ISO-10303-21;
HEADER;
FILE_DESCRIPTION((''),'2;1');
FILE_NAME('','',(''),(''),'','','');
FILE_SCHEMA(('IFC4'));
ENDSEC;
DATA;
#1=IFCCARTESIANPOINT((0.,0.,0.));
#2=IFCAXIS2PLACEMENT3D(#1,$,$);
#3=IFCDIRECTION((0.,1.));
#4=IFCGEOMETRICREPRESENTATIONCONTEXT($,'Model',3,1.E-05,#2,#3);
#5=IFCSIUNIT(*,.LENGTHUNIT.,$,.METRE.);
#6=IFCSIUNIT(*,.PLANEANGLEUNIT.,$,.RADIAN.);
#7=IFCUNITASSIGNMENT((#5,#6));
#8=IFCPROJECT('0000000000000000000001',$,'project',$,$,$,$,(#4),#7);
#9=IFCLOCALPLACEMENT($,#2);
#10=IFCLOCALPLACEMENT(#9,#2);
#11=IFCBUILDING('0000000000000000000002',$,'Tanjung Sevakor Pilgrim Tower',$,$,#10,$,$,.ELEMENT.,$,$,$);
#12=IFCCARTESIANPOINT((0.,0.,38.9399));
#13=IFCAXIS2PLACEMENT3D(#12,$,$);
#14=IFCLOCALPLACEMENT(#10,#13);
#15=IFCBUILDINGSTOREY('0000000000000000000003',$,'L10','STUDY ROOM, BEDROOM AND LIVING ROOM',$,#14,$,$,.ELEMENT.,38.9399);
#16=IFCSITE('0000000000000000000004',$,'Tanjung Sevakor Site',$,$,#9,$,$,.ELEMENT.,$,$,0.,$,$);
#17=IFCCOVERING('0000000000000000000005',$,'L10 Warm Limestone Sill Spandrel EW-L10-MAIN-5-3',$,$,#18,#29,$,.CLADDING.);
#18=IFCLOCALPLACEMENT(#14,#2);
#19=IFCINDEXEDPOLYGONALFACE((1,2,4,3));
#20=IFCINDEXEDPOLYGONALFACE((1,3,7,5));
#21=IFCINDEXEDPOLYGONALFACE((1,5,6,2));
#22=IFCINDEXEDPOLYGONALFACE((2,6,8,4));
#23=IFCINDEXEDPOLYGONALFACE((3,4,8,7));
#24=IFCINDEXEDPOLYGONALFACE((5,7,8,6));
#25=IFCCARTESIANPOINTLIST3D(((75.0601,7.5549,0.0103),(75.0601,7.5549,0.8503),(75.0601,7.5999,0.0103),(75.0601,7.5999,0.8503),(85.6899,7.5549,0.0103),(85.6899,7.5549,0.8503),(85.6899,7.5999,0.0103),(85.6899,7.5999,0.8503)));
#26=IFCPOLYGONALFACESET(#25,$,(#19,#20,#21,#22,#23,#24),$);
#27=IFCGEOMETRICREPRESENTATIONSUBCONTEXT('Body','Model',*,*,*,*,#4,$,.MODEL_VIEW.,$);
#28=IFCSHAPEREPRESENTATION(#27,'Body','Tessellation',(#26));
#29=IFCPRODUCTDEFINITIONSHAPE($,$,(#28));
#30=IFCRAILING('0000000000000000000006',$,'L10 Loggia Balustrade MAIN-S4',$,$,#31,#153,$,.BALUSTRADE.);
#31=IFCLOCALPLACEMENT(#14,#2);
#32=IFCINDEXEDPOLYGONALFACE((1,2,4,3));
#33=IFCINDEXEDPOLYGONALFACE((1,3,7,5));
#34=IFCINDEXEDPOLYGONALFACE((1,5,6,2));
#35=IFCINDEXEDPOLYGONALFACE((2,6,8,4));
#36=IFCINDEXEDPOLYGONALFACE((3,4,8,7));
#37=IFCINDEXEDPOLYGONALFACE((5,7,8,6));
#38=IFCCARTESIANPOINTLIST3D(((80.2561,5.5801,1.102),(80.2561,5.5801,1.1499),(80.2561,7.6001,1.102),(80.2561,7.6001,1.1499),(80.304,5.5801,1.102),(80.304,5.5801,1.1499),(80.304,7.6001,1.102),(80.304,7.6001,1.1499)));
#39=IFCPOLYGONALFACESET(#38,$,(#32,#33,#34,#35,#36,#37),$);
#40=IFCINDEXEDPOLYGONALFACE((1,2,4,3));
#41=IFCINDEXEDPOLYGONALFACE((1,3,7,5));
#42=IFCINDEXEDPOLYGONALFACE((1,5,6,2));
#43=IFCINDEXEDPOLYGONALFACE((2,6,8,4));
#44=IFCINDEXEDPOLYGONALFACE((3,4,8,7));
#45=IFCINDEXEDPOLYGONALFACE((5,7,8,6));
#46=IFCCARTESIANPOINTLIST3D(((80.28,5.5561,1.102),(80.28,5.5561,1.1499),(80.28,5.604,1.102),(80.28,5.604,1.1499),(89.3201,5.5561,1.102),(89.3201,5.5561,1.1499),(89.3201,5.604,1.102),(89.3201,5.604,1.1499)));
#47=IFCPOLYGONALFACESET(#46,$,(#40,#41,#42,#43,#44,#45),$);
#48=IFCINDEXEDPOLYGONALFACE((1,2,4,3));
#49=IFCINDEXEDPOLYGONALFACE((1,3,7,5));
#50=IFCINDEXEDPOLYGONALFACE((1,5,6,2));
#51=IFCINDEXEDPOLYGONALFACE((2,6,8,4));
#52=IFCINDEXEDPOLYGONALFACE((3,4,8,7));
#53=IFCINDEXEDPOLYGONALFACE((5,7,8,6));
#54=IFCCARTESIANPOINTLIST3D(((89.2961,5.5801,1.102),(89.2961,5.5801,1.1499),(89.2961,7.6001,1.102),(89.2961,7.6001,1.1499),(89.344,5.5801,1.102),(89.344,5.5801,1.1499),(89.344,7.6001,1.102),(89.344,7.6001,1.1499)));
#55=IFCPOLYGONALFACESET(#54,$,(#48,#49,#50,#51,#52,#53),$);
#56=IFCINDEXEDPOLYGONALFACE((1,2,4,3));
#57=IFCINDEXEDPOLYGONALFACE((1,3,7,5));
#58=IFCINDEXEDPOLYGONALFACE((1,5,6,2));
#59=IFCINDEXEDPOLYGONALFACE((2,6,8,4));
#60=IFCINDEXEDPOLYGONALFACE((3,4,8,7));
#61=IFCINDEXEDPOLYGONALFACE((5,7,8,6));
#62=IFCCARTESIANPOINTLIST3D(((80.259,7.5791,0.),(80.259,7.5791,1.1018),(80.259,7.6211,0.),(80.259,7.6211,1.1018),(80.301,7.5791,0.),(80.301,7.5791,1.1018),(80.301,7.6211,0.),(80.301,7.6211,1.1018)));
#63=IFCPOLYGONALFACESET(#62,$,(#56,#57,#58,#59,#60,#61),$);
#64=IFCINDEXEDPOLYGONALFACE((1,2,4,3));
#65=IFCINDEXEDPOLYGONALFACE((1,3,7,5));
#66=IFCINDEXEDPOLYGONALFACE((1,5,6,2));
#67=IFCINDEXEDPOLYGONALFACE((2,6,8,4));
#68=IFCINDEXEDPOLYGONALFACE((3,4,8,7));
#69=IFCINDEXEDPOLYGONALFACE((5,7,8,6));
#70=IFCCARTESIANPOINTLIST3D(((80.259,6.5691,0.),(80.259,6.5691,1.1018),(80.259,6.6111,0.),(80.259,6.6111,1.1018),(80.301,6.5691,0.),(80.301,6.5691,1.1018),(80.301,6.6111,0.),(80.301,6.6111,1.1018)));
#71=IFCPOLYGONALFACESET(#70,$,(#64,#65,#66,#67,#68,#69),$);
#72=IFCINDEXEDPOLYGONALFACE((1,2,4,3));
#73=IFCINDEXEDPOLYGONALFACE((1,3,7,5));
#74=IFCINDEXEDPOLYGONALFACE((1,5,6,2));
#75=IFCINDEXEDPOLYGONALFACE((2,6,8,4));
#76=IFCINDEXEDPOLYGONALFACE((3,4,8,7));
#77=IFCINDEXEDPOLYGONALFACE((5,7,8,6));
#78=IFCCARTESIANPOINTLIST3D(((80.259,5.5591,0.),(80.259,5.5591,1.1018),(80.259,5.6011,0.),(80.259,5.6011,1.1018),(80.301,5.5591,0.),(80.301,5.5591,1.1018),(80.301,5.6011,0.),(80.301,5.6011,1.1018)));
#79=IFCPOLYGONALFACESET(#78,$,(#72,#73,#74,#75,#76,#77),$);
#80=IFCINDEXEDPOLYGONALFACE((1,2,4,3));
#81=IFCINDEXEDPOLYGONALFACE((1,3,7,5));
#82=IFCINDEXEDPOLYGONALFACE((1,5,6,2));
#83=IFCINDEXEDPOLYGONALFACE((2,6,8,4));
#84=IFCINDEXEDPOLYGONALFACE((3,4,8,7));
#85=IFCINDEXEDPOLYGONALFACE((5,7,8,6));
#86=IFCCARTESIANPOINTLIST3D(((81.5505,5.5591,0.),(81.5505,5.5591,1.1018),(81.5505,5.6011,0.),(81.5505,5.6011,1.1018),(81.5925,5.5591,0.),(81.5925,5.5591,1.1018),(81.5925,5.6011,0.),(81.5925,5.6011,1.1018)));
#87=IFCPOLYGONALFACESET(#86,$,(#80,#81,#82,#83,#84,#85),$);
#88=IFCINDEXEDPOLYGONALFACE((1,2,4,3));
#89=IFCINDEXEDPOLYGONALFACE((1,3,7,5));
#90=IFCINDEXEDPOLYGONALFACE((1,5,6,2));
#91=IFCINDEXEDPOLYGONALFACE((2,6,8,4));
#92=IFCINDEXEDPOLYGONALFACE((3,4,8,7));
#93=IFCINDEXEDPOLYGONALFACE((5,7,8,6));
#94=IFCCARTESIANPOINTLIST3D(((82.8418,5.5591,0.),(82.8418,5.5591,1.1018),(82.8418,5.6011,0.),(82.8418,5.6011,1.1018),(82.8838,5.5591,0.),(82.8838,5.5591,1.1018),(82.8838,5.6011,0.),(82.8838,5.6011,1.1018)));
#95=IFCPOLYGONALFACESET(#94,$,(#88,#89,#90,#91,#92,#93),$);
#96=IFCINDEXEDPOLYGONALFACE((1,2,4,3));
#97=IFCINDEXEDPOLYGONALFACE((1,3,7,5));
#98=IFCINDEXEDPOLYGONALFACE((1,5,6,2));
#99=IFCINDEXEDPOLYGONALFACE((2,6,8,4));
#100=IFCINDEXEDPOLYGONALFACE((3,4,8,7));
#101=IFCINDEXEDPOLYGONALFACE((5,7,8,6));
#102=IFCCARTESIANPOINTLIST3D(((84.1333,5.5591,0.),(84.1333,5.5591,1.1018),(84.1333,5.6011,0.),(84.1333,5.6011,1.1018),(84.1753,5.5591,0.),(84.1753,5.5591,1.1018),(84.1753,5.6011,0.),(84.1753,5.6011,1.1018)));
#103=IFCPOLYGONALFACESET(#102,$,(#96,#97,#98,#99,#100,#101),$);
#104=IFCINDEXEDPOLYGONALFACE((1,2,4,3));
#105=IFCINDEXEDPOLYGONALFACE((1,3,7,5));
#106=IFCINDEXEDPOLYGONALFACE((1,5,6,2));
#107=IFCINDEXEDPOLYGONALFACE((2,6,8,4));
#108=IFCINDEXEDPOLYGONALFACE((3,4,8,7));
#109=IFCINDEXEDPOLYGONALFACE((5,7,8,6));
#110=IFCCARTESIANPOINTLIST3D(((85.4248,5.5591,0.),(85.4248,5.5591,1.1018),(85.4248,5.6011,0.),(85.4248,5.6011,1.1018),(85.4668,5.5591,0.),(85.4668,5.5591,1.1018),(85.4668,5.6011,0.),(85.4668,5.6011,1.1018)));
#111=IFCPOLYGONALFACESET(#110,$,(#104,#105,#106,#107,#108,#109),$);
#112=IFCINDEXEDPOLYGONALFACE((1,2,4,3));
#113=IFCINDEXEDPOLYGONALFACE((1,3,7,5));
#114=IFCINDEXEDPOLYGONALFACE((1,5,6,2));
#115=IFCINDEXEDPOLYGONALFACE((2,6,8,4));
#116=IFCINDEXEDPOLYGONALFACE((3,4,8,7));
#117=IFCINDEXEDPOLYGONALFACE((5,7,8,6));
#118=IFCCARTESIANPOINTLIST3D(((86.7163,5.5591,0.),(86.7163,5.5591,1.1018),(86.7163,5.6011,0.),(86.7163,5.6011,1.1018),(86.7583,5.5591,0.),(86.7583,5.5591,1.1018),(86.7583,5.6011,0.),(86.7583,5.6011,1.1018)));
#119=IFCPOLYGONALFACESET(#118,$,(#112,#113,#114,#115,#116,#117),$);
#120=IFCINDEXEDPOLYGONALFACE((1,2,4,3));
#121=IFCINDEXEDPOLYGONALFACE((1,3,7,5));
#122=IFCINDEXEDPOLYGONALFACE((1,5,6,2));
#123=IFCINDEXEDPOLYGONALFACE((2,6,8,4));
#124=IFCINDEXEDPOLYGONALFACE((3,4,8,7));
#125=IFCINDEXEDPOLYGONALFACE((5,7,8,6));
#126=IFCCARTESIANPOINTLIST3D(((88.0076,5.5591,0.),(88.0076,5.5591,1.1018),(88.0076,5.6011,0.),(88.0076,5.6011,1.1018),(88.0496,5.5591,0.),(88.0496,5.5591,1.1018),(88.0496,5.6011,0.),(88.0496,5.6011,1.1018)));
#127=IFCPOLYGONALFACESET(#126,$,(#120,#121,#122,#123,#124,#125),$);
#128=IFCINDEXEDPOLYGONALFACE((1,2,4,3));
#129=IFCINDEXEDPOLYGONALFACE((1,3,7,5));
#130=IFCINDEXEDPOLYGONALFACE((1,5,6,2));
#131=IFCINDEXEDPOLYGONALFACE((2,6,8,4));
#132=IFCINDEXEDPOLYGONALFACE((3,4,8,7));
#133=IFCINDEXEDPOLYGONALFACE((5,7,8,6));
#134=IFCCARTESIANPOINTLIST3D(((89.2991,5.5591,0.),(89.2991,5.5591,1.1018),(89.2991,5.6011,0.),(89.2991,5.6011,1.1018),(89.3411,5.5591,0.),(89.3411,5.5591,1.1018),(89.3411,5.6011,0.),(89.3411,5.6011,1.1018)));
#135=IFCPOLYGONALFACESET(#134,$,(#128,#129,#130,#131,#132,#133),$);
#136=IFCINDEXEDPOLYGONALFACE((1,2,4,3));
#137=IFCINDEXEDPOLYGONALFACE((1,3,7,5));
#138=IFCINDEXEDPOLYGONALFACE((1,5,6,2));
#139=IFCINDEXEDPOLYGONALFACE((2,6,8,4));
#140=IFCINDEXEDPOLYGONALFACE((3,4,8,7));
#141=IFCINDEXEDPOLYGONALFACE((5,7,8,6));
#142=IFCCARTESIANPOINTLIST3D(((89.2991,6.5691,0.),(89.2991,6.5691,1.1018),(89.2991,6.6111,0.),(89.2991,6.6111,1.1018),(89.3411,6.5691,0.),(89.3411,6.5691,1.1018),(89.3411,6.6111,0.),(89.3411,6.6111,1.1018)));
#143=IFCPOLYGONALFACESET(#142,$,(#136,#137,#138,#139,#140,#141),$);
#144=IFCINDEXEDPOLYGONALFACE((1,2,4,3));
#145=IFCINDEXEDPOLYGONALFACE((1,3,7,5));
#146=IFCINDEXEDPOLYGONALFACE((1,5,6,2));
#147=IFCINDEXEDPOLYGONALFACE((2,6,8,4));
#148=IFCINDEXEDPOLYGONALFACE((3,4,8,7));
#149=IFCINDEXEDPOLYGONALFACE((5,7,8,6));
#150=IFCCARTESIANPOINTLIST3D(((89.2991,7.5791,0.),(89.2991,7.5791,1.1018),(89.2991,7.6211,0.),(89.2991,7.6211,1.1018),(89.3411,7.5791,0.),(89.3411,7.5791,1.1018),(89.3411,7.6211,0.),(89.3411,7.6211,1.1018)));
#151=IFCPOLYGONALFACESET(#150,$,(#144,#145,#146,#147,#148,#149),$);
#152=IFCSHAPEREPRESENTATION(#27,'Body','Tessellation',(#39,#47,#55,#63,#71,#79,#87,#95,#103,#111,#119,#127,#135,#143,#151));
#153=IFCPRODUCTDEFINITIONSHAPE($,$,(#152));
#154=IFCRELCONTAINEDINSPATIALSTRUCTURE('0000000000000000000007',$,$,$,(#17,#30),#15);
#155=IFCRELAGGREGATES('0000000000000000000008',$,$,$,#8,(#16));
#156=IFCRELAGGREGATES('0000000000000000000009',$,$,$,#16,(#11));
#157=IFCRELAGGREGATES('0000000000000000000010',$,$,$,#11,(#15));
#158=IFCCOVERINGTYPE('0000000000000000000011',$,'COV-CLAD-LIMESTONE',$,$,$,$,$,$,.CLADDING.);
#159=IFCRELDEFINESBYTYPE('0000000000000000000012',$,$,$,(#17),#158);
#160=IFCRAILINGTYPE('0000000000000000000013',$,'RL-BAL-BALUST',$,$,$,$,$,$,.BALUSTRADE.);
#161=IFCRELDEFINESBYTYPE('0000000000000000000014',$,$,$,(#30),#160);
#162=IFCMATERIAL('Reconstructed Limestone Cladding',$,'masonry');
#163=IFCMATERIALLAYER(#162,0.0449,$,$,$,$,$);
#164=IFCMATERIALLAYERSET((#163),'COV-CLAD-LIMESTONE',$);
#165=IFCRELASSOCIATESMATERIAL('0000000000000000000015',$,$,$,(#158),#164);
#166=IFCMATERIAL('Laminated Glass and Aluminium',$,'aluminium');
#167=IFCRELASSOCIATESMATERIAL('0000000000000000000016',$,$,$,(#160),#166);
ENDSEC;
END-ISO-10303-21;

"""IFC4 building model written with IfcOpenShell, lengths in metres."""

from ifc_helpers import new_model, si_unit, direction, frame, origin, origin_2d, place, context, subcontext, project, spatial, rectangle, extrude, material, layer, layer_set, type_object, element, save


model = new_model("IFC4")

# Units and contexts
model_context = context("Model", 3, precision=1e-05, world=origin(), true_north=direction((0.0, 1.0)))
body_context = subcontext(model_context, "Body", "Model", "MODEL_VIEW")
ifc_project = project(units=[si_unit("LENGTHUNIT", "METRE"), si_unit("PLANEANGLEUNIT", "RADIAN")], contexts=[model_context])

# Site, building, storey
site_placement = place(None, origin())
site = spatial("IfcSite", under=ifc_project, at=site_placement, Name="Tanjung Sevakor Site", CompositionType="ELEMENT", RefElevation=0.0)
building_placement = place(site_placement, origin())
building = spatial("IfcBuilding", under=site, at=building_placement, Name="Tanjung Sevakor Pilgrim Tower", CompositionType="ELEMENT")
storey_placement = place(building_placement, frame((0.0, 0.0, 38.9399)))
storey = spatial("IfcBuildingStorey", under=building, at=storey_placement, Name="L10", Description="STUDY ROOM, BEDROOM AND LIVING ROOM", CompositionType="ELEMENT", Elevation=38.9399)

# Covering
ifc_material_1 = material(Name="Reconstructed Limestone Cladding", Category="masonry")
ifc_layer_1 = layer(ifc_material_1, 0.0449)
ifc_layer_set_1 = layer_set([ifc_layer_1], Name="COV-CLAD-LIMESTONE")
covering_type = type_object("IfcCoveringType", Name="COV-CLAD-LIMESTONE", PredefinedType="CLADDING", material=ifc_layer_set_1)
covering_placement = place(storey_placement, frame((80.375, 7.5774, 0.0103), z_axis=(0.0, 0.0, 1.0), x_axis=(1.0, 0.0, 0.0)))
element("IfcCovering", 1, at=covering_placement, inside=storey, type_object=covering_type, Name="L10 Warm Limestone Sill Spandrel EW-L10-MAIN-5-3", PredefinedType="CLADDING", context=body_context, shape_type="SweptSolid", body=[
    extrude(rectangle(XDim=10.6299, YDim=0.0449, at=origin_2d()), origin(), (0.0, 0.0, 1.0), 0.8401),
])

# Railing
ifc_material_2 = material(Name="Laminated Glass and Aluminium", Category="aluminium")
railing_type = type_object("IfcRailingType", Name="RL-BAL-BALUST", PredefinedType="BALUSTRADE", material=ifc_material_2)
railing_placement = place(storey_placement, frame((80.28, 7.6001, 0.0)))
element("IfcRailing", 2, at=railing_placement, inside=storey, type_object=railing_type, Name="L10 Loggia Balustrade MAIN-S4", PredefinedType="BALUSTRADE", context=body_context, shape_type="SweptSolid", body=[
    extrude(rectangle(XDim=0.0479, YDim=0.0479), frame((0.0, 0.0, 1.126), z_axis=(0.0, -1.0, 0.0), x_axis=(1.0, 0.0, 0.0)), (0.0, 0.0, 1.0), 2.02),
    extrude(rectangle(XDim=0.0479, YDim=0.0479), frame((0.0, -2.02, 1.126), z_axis=(1.0, 0.0, 0.0), x_axis=(0.0, 1.0, 0.0)), (0.0, 0.0, 1.0), 9.04),
    extrude(rectangle(XDim=0.0479, YDim=0.0479), frame((9.04, -2.02, 1.126), z_axis=(0.0, 1.0, 0.0), x_axis=(-1.0, 0.0, 0.0)), (0.0, 0.0, 1.0), 2.02),
    extrude(rectangle(XDim=0.042, YDim=0.042), origin(), (0.0, 0.0, 1.0), 1.1018),
    extrude(rectangle(XDim=0.042, YDim=0.042), frame((0.0, -1.01, 0.0)), (0.0, 0.0, 1.0), 1.1018),
    extrude(rectangle(XDim=0.042, YDim=0.042), frame((0.0, -2.02, 0.0)), (0.0, 0.0, 1.0), 1.1018),
    extrude(rectangle(XDim=0.042, YDim=0.042), frame((1.2915, -2.02, 0.0)), (0.0, 0.0, 1.0), 1.1018),
    extrude(rectangle(XDim=0.042, YDim=0.042), frame((2.5828, -2.02, 0.0)), (0.0, 0.0, 1.0), 1.1018),
    extrude(rectangle(XDim=0.042, YDim=0.042), frame((3.8743, -2.02, 0.0)), (0.0, 0.0, 1.0), 1.1018),
    extrude(rectangle(XDim=0.042, YDim=0.042), frame((5.1658, -2.02, 0.0)), (0.0, 0.0, 1.0), 1.1018),
    extrude(rectangle(XDim=0.042, YDim=0.042), frame((6.4573, -2.02, 0.0)), (0.0, 0.0, 1.0), 1.1018),
    extrude(rectangle(XDim=0.042, YDim=0.042), frame((7.7485, -2.02, 0.0)), (0.0, 0.0, 1.0), 1.1018),
    extrude(rectangle(XDim=0.042, YDim=0.042), frame((9.04, -2.02, 0.0)), (0.0, 0.0, 1.0), 1.1018),
    extrude(rectangle(XDim=0.042, YDim=0.042), frame((9.04, -1.01, 0.0)), (0.0, 0.0, 1.0), 1.1018),
    extrude(rectangle(XDim=0.042, YDim=0.042), frame((9.04, 0.0, 0.0)), (0.0, 0.0, 1.0), 1.1018),
])

save(model, "model.ifc")
